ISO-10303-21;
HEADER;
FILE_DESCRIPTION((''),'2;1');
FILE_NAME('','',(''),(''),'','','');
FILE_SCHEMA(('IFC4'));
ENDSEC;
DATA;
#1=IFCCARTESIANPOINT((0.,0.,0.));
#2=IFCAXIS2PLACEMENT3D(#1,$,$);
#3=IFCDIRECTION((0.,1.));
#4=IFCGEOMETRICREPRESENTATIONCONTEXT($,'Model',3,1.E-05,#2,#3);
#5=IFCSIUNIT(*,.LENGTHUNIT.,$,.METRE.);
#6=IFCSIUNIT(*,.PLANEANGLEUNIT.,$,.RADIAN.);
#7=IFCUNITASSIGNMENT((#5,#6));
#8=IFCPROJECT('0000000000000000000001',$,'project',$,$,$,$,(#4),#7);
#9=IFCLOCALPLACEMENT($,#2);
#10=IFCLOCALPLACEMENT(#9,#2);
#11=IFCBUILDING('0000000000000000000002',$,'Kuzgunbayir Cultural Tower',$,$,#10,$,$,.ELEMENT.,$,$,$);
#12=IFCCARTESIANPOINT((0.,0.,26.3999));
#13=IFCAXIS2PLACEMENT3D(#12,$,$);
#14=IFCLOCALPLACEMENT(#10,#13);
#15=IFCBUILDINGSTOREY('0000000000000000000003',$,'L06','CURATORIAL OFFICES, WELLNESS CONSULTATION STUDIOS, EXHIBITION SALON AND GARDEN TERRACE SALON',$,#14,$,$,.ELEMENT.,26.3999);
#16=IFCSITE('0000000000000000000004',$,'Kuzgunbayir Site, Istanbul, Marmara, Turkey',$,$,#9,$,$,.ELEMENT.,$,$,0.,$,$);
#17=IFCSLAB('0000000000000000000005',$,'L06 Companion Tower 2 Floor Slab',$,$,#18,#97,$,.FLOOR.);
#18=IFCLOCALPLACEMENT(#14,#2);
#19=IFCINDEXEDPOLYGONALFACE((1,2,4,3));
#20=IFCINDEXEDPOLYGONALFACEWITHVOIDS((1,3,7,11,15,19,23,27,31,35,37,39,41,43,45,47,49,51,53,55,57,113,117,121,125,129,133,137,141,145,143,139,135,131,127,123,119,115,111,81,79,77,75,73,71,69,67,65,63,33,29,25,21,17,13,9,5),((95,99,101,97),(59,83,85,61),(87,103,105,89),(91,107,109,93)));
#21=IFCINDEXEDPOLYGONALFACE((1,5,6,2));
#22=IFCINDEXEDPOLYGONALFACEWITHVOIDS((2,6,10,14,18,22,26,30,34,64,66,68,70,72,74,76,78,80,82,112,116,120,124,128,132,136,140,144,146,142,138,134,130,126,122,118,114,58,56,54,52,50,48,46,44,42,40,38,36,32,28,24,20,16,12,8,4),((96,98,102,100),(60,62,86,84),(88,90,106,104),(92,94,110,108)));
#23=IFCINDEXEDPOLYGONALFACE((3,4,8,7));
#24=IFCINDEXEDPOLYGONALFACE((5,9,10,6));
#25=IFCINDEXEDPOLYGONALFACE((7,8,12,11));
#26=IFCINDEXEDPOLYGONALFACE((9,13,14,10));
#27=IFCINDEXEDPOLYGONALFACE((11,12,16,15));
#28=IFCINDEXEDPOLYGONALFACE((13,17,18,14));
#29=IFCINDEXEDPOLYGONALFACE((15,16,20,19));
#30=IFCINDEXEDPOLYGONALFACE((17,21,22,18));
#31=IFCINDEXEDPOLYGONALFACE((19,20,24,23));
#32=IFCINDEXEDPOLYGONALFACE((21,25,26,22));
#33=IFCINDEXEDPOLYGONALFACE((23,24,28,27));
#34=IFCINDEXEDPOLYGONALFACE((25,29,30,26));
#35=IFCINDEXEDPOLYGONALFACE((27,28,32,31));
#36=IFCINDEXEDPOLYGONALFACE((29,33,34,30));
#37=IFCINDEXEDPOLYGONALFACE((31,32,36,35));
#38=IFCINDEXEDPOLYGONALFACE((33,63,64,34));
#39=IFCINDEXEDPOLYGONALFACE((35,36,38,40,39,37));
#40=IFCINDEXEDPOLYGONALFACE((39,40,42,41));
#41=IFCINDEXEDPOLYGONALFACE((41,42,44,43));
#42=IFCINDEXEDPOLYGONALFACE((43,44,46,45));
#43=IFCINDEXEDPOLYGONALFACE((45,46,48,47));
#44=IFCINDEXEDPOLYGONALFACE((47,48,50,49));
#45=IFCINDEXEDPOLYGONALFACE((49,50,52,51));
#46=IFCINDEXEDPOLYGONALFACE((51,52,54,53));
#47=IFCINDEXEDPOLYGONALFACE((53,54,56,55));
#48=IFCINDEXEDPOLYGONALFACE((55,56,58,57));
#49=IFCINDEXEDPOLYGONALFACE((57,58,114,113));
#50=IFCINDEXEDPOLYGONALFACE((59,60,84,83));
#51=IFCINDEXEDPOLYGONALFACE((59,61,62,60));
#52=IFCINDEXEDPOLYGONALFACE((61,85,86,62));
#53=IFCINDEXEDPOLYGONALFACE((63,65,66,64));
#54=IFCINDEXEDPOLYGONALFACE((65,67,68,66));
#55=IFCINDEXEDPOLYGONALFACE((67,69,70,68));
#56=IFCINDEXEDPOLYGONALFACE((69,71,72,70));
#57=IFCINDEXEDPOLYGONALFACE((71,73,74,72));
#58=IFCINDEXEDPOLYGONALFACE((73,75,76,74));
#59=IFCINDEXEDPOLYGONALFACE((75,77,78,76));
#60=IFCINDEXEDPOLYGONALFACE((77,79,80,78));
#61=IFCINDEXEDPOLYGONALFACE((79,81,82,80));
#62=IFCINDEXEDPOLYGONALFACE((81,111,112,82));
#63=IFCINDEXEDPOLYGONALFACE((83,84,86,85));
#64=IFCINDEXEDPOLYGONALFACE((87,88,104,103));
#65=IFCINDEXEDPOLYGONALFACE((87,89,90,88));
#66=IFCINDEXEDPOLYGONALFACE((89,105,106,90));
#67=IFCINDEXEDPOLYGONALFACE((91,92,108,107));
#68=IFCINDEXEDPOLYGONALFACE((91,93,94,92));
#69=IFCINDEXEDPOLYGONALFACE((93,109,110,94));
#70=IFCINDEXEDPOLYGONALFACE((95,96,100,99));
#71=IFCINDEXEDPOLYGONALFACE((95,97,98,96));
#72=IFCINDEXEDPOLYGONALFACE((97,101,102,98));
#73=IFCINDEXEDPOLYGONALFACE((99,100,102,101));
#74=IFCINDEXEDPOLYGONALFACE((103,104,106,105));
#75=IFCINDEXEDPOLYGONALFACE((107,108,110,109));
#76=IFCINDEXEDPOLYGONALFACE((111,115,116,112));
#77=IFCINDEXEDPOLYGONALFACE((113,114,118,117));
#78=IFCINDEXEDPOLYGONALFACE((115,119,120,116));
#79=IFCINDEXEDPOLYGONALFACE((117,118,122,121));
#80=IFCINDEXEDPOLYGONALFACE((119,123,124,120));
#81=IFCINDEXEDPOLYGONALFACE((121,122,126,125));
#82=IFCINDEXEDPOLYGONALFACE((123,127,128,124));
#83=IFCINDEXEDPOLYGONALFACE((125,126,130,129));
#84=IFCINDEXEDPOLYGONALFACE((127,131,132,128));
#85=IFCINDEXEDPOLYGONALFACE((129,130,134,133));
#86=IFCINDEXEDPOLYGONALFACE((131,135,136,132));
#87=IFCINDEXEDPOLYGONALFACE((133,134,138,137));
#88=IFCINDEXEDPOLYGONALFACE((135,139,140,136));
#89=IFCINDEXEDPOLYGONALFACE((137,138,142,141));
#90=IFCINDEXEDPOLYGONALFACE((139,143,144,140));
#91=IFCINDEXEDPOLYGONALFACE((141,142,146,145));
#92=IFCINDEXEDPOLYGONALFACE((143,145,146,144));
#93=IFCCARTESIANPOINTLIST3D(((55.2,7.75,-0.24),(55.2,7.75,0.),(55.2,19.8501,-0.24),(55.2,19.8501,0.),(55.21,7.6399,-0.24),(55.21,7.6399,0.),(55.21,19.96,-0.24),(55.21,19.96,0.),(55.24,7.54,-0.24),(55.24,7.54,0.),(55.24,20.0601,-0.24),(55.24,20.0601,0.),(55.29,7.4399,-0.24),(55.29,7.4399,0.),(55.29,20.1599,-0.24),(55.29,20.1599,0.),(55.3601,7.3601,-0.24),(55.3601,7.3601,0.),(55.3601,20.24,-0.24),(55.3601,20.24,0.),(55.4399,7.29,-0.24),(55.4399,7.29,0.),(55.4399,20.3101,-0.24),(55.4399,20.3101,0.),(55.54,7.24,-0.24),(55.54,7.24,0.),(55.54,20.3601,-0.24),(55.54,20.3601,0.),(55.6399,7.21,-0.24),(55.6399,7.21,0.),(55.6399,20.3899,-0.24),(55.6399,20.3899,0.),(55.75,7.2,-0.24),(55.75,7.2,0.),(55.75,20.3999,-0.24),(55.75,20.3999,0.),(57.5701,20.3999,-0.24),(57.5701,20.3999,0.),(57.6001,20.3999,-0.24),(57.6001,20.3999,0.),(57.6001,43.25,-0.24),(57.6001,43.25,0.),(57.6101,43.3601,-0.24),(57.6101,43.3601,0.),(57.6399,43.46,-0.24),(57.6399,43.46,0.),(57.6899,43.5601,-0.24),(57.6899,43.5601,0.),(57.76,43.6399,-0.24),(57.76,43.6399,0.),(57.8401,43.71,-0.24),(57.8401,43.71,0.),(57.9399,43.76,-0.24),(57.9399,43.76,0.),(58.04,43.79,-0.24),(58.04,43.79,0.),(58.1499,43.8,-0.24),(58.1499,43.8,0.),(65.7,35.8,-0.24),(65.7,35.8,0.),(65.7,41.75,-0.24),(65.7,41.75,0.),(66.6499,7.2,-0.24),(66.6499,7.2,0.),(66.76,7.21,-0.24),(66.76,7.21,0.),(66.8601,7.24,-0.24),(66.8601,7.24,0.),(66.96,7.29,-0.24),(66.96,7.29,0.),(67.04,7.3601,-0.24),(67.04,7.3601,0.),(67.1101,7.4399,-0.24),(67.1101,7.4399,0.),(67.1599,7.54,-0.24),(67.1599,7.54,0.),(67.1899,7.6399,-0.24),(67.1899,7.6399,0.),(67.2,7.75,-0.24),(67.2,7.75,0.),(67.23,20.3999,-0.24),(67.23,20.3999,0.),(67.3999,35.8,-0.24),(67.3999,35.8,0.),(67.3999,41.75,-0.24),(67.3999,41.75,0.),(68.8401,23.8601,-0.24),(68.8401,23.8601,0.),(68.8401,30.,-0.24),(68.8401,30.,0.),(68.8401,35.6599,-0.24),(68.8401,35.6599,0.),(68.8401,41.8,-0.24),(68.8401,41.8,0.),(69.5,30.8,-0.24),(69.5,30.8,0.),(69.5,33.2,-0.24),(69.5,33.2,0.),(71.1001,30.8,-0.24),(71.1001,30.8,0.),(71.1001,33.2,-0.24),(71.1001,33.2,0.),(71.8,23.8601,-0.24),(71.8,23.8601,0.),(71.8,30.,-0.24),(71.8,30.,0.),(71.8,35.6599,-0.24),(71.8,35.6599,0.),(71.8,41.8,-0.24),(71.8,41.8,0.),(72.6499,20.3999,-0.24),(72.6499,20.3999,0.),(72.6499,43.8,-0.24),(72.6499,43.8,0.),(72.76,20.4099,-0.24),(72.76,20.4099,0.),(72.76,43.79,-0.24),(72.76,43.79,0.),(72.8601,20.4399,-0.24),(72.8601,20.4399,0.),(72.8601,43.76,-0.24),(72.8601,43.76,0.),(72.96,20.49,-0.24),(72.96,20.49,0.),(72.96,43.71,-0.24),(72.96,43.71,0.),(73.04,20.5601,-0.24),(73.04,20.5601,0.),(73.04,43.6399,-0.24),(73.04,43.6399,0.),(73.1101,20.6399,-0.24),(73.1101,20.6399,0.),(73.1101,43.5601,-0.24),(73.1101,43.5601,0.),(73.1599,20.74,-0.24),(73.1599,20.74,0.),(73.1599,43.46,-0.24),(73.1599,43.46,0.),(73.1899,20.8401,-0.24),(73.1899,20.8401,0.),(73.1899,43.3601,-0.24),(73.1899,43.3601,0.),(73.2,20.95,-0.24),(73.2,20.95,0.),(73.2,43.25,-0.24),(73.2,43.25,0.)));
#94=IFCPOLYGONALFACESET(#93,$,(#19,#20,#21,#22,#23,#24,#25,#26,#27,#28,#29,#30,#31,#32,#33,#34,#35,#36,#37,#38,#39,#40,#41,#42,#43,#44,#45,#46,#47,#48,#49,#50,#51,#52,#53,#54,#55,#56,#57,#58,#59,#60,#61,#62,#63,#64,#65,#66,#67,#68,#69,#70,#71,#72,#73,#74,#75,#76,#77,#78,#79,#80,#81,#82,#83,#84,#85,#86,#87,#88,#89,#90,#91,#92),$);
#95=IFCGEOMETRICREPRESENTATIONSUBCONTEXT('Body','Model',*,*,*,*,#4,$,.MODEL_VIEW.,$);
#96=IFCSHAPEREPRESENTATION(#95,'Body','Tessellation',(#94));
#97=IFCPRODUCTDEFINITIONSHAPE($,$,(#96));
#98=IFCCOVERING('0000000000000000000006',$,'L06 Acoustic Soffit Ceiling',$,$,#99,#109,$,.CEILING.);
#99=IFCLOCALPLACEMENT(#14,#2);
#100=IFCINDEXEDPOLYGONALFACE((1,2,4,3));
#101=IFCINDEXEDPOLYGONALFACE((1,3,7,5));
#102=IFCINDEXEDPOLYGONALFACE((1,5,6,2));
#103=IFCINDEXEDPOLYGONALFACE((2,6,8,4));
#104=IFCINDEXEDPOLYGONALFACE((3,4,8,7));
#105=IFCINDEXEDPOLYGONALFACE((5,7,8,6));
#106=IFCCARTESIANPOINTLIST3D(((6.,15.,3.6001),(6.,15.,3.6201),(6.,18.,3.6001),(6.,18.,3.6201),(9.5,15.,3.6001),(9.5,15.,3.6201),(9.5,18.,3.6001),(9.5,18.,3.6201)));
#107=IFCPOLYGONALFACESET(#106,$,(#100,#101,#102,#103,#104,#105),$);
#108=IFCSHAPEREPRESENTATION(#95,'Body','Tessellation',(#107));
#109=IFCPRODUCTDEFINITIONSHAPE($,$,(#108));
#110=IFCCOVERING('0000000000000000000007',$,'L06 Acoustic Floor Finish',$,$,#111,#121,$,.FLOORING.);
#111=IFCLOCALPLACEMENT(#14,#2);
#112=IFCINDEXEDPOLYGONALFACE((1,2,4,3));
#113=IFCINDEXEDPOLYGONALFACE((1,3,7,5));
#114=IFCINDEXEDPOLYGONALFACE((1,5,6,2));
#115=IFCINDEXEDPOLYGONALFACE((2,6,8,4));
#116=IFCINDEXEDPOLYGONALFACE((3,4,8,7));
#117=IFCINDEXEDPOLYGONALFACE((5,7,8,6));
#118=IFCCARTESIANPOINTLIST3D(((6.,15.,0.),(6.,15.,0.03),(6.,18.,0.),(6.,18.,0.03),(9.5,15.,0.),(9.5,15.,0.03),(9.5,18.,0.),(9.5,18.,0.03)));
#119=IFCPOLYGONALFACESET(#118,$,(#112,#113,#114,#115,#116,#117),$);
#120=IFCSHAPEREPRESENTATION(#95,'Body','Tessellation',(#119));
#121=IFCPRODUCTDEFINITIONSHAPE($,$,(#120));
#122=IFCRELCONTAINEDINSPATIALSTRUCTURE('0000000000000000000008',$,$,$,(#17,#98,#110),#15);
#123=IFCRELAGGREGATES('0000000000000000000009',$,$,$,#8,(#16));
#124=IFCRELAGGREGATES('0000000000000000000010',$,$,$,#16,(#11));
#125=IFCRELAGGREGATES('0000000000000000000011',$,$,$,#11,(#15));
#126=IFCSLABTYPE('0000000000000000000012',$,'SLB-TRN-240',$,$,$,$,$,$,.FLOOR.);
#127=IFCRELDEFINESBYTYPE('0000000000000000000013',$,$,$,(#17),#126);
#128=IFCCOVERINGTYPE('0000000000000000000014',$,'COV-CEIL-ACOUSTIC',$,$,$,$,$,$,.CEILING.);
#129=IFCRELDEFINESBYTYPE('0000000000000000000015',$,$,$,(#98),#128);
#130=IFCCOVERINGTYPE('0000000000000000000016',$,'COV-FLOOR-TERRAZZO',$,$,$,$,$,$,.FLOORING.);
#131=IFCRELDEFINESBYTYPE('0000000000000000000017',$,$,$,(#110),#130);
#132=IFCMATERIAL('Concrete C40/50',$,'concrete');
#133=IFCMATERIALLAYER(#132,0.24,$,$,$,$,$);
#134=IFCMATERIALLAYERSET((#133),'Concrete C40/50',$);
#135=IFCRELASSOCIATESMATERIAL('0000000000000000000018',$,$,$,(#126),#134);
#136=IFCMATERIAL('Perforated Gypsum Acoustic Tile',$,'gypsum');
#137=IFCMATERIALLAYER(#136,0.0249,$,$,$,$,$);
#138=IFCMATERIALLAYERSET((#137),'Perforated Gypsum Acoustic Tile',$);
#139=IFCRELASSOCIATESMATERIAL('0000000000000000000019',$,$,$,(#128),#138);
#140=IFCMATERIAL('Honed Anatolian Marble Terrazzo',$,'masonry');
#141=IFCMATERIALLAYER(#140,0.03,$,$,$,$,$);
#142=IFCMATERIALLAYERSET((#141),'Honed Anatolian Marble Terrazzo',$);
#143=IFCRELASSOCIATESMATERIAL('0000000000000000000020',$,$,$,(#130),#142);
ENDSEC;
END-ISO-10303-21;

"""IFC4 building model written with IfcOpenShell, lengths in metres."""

from ifc_helpers import new_model, si_unit, direction, frame, origin, place, context, subcontext, project, spatial, polyline, outline, extrude, material, layer, layer_set, type_object, element, save


model = new_model("IFC4")

# Units and contexts
model_context = context("Model", 3, precision=1e-05, world=origin(), true_north=direction((0.0, 1.0)))
body_context = subcontext(model_context, "Body", "Model", "MODEL_VIEW")
ifc_project = project(units=[si_unit("LENGTHUNIT", "METRE"), si_unit("PLANEANGLEUNIT", "RADIAN")], contexts=[model_context])

# Site, building, storey
site_placement = place(None, origin())
site = spatial("IfcSite", under=ifc_project, at=site_placement, Name="Kuzgunbayir Site, Istanbul, Marmara, Turkey", CompositionType="ELEMENT", RefElevation=0.0)
building_placement = place(site_placement, origin())
building = spatial("IfcBuilding", under=site, at=building_placement, Name="Kuzgunbayir Cultural Tower", CompositionType="ELEMENT")
storey_placement = place(building_placement, frame((0.0, 0.0, 26.3999)))
storey = spatial("IfcBuildingStorey", under=building, at=storey_placement, Name="L06", Description="CURATORIAL OFFICES, WELLNESS CONSULTATION STUDIOS, EXHIBITION SALON AND GARDEN TERRACE SALON", CompositionType="ELEMENT", Elevation=26.3999)

# Shared definitions
ifc_material_1 = material(Name="Concrete C40/50", Category="concrete")

# Slab
ifc_layer_1 = layer(ifc_material_1, 0.24)
ifc_layer_set_1 = layer_set([ifc_layer_1], Name="Concrete C40/50")
slab_type_1 = type_object("IfcSlabType", Name="SLB-TRN-240", PredefinedType="FLOOR", material=ifc_layer_set_1)
slab_1_placement = place(storey_placement, frame((0.0, 0.0, -0.24)))
element("IfcSlab", 1, at=slab_1_placement, inside=storey, type_object=slab_type_1, Name="L06 Companion Tower 2 Floor Slab", PredefinedType="FLOOR", context=body_context, shape_type="SweptSolid", body=[
    extrude(outline(polyline([(57.6001, 20.3999), (57.6001, 43.25), (57.6101, 43.3601), (57.6399, 43.46), (57.6899, 43.5601), (57.76, 43.6399), (57.8401, 43.71), (57.9399, 43.76), (58.04, 43.79), (58.1499, 43.8), (72.6499, 43.8), (72.76, 43.79), (72.8601, 43.76), (72.96, 43.71), (73.04, 43.6399), (73.1101, 43.5601), (73.1599, 43.46), (73.1899, 43.3601), (73.2, 43.25), (73.2, 20.95), (73.1899, 20.8401), (73.1599, 20.74), (73.1101, 20.6399), (73.04, 20.5601), (72.96, 20.49), (72.8601, 20.4399), (72.76, 20.4099), (72.6499, 20.3999), (67.23, 20.3999), (67.2, 7.75), (67.1899, 7.6399), (67.1599, 7.54), (67.1101, 7.4399), (67.04, 7.3601), (66.96, 7.29), (66.8601, 7.24), (66.76, 7.21), (66.6499, 7.2), (55.75, 7.2), (55.6399, 7.21), (55.54, 7.24), (55.4399, 7.29), (55.3601, 7.3601), (55.29, 7.4399), (55.24, 7.54), (55.21, 7.6399), (55.2, 7.75), (55.2, 19.8501), (55.21, 19.96), (55.24, 20.0601), (55.29, 20.1599), (55.3601, 20.24), (55.4399, 20.3101), (55.54, 20.3601), (55.6399, 20.3899), (55.75, 20.3999), (57.5701, 20.3999), (57.6001, 20.3999)]), holes=[polyline([(68.8401, 23.8601), (68.8401, 30.0), (71.8, 30.0), (71.8, 23.8601), (68.8401, 23.8601)]), polyline([(68.8401, 35.6599), (68.8401, 41.8), (71.8, 41.8), (71.8, 35.6599), (68.8401, 35.6599)]), polyline([(65.7, 35.8), (65.7, 41.75), (67.3999, 41.75), (67.3999, 35.8), (65.7, 35.8)]), polyline([(69.5, 30.8), (69.5, 33.2), (71.1001, 33.2), (71.1001, 30.8), (69.5, 30.8)])]), origin(), (0.0, 0.0, 1.0), 0.24),
])

# Coverings
ifc_material_2 = material(Name="Perforated Gypsum Acoustic Tile", Category="gypsum")
ifc_layer_2 = layer(ifc_material_2, 0.0249)
ifc_layer_set_2 = layer_set([ifc_layer_2], Name="Perforated Gypsum Acoustic Tile")
covering_type_1 = type_object("IfcCoveringType", Name="COV-CEIL-ACOUSTIC", PredefinedType="CEILING", material=ifc_layer_set_2)
covering_1_placement = place(storey_placement, frame((0.0, 0.0, 3.6001)))
element("IfcCovering", 2, at=covering_1_placement, inside=storey, type_object=covering_type_1, Name="L06 Acoustic Soffit Ceiling", PredefinedType="CEILING", context=body_context, shape_type="SweptSolid", body=[
    extrude(outline(polyline([(6.0, 15.0), (9.5, 15.0), (9.5, 18.0), (6.0, 18.0), (6.0, 15.0)])), origin(), (0.0, 0.0, 1.0), 0.02),
])
ifc_material_3 = material(Name="Honed Anatolian Marble Terrazzo", Category="masonry")
ifc_layer_3 = layer(ifc_material_3, 0.03)
ifc_layer_set_3 = layer_set([ifc_layer_3], Name="Honed Anatolian Marble Terrazzo")
covering_type_2 = type_object("IfcCoveringType", Name="COV-FLOOR-TERRAZZO", PredefinedType="FLOORING", material=ifc_layer_set_3)
covering_2_placement = place(storey_placement, origin())
element("IfcCovering", 3, at=covering_2_placement, inside=storey, type_object=covering_type_2, Name="L06 Acoustic Floor Finish", PredefinedType="FLOORING", context=body_context, shape_type="SweptSolid", body=[
    extrude(outline(polyline([(6.0, 15.0), (9.5, 15.0), (9.5, 18.0), (6.0, 18.0), (6.0, 15.0)])), origin(), (0.0, 0.0, 1.0), 0.03),
])

save(model, "model.ifc")
